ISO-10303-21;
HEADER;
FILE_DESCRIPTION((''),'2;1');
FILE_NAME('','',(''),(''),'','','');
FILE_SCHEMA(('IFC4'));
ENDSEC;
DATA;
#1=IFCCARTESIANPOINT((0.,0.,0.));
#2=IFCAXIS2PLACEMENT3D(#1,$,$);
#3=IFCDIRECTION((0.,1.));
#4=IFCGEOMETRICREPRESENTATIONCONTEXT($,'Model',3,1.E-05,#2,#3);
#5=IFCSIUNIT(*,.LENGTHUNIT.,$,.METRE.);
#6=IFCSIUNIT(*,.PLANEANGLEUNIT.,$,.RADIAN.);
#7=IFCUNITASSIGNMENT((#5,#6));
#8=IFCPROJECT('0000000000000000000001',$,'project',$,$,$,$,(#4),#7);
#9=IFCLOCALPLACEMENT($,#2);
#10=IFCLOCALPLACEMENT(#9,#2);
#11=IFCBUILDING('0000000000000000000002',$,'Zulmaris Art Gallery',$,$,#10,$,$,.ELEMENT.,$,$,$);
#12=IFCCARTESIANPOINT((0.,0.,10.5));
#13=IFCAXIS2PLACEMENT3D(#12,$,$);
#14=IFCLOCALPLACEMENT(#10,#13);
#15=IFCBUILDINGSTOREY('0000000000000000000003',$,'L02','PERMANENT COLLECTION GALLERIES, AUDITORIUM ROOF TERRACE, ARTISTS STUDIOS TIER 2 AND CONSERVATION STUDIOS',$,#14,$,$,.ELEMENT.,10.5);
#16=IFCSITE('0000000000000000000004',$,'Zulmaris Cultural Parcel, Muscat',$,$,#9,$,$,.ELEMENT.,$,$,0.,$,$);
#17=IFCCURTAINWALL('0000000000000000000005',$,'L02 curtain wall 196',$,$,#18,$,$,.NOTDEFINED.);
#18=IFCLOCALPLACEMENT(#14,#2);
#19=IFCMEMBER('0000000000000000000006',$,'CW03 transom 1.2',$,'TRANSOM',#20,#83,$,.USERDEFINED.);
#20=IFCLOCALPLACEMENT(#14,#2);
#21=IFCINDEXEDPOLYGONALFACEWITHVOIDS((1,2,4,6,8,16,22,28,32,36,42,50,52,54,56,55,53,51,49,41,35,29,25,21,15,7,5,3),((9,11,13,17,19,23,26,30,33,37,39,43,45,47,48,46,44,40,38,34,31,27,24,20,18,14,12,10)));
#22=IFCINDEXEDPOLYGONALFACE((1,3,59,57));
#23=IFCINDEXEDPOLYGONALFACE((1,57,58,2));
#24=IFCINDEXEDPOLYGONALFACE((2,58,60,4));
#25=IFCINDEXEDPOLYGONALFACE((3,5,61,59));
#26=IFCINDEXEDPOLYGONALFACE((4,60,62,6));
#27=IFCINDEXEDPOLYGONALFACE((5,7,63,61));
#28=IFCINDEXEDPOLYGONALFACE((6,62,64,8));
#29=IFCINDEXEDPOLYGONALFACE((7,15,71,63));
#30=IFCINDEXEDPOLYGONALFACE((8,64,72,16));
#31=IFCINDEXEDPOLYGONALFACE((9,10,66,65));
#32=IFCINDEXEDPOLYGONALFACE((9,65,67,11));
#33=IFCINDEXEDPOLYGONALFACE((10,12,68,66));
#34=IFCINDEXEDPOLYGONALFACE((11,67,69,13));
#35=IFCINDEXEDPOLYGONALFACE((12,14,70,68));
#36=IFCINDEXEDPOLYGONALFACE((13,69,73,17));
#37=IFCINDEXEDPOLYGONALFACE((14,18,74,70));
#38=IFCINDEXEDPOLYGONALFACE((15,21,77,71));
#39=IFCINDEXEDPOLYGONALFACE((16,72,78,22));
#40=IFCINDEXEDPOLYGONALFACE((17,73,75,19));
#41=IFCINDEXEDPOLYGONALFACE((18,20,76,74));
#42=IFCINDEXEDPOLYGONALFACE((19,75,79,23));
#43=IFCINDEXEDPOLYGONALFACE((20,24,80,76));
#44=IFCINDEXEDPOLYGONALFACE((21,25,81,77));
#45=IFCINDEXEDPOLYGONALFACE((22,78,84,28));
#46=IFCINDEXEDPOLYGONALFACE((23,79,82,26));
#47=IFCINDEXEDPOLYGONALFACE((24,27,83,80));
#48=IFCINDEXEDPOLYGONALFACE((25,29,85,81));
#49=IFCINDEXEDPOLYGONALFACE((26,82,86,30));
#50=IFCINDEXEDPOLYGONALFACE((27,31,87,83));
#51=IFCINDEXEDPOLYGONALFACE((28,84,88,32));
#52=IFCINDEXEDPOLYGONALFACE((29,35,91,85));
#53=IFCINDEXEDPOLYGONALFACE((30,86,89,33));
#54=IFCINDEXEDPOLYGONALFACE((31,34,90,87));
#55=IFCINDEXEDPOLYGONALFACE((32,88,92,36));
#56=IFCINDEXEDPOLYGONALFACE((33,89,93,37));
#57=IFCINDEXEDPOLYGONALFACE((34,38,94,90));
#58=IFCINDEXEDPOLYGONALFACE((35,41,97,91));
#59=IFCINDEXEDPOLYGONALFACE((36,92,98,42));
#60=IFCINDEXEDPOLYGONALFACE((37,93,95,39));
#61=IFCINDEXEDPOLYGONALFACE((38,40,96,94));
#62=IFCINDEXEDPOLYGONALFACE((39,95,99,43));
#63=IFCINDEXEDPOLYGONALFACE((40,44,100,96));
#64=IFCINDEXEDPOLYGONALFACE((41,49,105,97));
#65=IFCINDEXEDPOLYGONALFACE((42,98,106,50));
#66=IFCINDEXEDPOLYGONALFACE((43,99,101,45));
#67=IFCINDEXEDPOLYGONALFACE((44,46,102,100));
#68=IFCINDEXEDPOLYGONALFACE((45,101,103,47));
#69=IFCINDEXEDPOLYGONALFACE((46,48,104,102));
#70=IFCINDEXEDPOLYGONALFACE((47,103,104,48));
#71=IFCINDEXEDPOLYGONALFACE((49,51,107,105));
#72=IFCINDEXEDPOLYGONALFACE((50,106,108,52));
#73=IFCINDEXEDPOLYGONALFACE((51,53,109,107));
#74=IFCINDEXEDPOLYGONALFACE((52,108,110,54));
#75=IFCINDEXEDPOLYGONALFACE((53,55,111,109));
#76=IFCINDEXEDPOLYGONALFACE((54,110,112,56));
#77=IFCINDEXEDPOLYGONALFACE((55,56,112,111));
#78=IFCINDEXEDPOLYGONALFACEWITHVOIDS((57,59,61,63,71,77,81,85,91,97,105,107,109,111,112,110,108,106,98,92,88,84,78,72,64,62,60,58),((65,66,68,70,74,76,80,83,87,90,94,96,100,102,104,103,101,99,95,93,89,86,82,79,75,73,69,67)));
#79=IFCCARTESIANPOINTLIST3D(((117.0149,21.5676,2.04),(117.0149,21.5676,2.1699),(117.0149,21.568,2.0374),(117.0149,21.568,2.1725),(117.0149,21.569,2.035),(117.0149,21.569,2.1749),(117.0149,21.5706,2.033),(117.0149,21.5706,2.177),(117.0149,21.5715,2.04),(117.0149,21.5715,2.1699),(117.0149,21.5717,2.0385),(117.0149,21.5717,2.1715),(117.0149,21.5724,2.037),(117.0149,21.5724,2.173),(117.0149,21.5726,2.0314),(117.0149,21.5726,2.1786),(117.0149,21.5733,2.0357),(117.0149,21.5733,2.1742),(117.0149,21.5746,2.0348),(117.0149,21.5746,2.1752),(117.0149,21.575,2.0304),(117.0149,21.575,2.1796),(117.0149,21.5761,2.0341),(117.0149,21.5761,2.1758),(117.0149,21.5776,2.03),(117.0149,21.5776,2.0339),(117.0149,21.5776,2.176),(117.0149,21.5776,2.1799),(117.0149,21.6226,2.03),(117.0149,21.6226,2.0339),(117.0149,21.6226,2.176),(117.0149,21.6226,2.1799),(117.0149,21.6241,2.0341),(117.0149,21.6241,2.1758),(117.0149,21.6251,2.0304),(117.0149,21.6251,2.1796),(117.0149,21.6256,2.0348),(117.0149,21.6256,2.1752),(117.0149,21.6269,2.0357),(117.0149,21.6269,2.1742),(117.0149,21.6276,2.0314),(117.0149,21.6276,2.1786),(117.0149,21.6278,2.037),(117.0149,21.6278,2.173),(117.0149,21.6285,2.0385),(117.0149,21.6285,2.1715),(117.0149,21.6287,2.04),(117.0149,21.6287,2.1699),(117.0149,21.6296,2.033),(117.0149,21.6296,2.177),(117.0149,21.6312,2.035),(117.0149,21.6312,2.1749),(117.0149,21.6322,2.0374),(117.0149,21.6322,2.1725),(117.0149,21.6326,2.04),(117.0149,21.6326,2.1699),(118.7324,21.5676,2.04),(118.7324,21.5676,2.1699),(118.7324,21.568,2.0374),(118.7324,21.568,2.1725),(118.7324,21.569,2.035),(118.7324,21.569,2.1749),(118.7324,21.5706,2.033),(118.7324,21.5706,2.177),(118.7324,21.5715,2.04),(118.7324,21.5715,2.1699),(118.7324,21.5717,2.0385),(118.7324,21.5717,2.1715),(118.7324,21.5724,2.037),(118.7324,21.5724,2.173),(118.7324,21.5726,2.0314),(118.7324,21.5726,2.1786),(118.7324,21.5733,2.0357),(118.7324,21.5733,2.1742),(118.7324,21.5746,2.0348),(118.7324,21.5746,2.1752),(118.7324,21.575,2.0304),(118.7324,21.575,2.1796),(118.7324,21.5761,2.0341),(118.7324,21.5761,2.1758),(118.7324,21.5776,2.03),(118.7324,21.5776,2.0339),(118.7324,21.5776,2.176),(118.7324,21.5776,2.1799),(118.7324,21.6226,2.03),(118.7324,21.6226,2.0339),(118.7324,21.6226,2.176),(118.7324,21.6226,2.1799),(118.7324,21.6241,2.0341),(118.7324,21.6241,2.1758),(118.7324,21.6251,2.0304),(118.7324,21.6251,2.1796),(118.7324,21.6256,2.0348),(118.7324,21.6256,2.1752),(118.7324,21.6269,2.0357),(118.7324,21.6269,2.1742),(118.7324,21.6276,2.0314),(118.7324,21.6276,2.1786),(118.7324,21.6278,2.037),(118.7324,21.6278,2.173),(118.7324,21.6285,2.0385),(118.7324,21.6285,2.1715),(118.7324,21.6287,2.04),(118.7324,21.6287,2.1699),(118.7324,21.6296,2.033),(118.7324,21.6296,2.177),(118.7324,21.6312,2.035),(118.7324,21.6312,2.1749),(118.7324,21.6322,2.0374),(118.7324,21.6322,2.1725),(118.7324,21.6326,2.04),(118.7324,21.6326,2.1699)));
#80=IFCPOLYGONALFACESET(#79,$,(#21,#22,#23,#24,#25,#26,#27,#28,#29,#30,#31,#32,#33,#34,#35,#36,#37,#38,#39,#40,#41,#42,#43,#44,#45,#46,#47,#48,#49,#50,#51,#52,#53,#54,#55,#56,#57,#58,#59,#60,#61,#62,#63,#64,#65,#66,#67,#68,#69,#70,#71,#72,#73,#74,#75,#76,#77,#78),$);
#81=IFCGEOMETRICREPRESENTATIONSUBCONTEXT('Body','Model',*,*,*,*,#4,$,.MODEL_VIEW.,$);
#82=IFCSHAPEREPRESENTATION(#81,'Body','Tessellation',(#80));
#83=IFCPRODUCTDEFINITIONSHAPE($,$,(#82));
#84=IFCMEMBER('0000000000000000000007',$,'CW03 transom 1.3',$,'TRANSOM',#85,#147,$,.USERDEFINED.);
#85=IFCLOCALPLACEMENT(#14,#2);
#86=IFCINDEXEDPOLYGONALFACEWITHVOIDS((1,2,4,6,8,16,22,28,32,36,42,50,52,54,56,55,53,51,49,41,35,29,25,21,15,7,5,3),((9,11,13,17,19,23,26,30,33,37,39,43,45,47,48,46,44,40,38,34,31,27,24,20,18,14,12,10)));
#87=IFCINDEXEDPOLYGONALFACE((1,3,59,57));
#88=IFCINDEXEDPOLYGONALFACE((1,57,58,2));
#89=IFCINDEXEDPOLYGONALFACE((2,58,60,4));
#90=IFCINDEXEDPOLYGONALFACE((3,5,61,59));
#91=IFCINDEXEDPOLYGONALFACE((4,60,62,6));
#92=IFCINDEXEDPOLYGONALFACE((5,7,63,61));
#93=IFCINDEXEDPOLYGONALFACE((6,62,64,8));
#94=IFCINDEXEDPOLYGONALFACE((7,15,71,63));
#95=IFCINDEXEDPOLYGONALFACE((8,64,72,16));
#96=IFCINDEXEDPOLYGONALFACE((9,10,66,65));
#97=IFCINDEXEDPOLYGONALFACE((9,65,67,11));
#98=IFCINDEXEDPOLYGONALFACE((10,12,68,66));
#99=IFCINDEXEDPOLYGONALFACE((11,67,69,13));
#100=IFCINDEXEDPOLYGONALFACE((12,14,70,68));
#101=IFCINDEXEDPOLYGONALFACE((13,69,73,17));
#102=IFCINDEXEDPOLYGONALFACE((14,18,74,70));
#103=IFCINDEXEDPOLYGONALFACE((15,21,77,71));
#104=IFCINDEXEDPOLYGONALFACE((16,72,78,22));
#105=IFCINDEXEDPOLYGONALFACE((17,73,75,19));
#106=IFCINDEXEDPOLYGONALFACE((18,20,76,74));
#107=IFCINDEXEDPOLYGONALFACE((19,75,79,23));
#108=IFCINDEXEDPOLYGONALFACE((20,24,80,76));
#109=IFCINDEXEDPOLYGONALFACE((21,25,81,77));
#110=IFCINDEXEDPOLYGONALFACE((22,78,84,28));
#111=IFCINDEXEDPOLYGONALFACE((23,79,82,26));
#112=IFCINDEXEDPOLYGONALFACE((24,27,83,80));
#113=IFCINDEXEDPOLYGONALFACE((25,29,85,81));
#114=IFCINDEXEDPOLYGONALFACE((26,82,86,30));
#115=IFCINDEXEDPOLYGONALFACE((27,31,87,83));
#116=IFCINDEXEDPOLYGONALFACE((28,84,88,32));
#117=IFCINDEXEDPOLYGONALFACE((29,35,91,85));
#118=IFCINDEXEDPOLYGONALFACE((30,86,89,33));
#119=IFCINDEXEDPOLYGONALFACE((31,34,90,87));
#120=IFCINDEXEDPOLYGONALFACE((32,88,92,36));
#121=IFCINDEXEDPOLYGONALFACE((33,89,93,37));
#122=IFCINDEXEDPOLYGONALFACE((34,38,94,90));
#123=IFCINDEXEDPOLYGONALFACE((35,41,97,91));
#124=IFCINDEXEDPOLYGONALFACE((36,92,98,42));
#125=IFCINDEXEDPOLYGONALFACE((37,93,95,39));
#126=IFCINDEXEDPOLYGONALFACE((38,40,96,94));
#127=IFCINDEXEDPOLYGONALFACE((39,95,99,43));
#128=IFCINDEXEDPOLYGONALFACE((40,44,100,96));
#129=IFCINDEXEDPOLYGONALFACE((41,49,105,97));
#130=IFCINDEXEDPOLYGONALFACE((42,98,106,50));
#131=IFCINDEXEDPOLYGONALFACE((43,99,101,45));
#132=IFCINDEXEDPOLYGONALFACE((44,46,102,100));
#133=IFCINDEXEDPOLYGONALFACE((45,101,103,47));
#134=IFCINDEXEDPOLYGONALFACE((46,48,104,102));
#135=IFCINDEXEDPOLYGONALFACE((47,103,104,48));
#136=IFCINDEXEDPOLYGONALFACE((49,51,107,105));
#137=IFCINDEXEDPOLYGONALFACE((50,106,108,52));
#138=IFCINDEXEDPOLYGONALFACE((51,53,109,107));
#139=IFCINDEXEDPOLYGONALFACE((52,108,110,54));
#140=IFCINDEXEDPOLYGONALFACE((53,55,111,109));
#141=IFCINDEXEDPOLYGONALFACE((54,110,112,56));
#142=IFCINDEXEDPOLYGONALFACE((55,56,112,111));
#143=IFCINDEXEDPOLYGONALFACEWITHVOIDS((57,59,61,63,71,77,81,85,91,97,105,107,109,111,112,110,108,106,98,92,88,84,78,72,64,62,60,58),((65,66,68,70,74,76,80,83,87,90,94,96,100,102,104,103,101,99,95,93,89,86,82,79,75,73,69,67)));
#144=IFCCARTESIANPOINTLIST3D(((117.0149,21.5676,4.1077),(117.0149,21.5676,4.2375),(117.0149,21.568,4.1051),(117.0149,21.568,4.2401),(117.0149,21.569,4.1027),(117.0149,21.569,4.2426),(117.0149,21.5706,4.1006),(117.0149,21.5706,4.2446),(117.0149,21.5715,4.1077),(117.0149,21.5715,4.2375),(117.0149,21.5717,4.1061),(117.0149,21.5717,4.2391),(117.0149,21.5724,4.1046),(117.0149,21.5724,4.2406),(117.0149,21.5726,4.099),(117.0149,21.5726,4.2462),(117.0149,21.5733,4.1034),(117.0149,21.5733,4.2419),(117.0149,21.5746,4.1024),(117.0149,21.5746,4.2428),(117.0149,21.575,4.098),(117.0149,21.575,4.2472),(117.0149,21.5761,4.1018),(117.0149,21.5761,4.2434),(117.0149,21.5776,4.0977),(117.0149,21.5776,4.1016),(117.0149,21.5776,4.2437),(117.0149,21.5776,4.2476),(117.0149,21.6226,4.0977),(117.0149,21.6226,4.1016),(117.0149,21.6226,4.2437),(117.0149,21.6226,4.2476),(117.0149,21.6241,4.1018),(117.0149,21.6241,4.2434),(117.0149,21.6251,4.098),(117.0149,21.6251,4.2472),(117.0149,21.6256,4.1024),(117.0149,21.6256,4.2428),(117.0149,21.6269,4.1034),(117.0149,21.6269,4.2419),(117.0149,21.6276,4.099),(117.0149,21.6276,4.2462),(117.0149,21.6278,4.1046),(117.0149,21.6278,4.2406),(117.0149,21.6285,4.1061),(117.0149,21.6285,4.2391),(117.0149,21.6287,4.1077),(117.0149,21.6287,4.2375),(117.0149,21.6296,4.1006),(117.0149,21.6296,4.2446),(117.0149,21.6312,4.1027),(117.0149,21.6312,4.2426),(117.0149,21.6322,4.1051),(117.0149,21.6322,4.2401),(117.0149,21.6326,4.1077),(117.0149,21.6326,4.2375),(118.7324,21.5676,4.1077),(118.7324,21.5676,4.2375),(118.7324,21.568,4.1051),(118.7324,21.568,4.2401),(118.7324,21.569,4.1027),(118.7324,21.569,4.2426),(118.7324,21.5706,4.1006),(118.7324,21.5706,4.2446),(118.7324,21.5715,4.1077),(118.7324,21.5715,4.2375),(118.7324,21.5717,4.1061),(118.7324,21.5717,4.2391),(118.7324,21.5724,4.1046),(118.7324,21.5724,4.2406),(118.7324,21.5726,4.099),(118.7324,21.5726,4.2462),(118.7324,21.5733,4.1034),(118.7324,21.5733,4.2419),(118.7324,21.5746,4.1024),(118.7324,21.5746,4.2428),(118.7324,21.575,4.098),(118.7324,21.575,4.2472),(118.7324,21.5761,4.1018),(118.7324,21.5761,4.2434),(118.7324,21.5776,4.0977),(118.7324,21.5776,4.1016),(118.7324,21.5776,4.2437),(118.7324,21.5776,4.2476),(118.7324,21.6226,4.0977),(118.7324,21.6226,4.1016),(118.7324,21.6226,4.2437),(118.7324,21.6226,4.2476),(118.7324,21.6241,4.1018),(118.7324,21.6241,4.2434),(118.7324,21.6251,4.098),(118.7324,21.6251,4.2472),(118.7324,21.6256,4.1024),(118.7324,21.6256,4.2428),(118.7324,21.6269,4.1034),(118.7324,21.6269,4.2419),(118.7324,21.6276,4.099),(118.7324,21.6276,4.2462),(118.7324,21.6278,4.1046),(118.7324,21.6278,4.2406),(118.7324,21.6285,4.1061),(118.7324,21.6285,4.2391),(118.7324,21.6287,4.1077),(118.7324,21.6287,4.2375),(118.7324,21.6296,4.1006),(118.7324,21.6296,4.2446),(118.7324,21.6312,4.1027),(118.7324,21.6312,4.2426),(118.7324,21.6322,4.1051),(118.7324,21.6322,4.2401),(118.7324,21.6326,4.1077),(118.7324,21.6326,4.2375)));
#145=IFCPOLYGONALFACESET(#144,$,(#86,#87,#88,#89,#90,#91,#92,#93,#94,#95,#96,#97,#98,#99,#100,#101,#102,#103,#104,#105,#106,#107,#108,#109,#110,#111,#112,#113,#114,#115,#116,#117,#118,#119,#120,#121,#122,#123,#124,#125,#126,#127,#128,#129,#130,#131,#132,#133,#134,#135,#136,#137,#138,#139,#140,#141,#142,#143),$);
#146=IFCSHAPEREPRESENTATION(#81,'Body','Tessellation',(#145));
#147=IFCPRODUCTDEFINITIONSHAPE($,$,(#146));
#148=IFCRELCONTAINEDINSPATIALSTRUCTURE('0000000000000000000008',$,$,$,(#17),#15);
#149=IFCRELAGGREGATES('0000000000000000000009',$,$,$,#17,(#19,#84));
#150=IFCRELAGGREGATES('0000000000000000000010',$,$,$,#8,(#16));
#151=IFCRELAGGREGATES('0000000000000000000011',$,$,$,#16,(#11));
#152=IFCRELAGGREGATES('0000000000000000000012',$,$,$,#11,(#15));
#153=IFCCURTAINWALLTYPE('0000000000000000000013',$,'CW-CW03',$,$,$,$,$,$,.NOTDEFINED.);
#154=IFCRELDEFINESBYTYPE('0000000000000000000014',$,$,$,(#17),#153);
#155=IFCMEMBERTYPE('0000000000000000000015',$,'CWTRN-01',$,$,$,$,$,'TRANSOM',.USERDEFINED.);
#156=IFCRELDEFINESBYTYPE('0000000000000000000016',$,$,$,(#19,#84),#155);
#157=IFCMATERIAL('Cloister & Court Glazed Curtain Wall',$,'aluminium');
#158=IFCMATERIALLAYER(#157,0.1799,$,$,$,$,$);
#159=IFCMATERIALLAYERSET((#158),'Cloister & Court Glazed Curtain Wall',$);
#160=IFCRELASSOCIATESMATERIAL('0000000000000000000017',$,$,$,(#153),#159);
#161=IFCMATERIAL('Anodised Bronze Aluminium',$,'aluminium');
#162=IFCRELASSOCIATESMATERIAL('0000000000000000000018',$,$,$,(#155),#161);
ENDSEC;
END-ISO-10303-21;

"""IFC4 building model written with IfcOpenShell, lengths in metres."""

from ifc_helpers import new_model, si_unit, direction, frame, origin, origin_2d, place, context, subcontext, project, spatial, hollow_rectangle, extrude, material, layer, layer_set, material_profile, profile_set, type_object, element, aggregate, save


model = new_model("IFC4")

# Units and contexts
model_context = context("Model", 3, precision=1e-05, world=origin(), true_north=direction((0.0, 1.0)))
body_context = subcontext(model_context, "Body", "Model", "MODEL_VIEW")
ifc_project = project(units=[si_unit("LENGTHUNIT", "METRE"), si_unit("PLANEANGLEUNIT", "RADIAN")], contexts=[model_context])

# Site, building, storey
site_placement = place(None, origin())
site = spatial("IfcSite", under=ifc_project, at=site_placement, Name="Zulmaris Cultural Parcel, Muscat", CompositionType="ELEMENT", RefElevation=0.0)
building_placement = place(site_placement, origin())
building = spatial("IfcBuilding", under=site, at=building_placement, Name="Zulmaris Art Gallery", CompositionType="ELEMENT")
storey_placement = place(building_placement, frame((0.0, 0.0, 10.5)))
storey = spatial("IfcBuildingStorey", under=building, at=storey_placement, Name="L02", Description="PERMANENT COLLECTION GALLERIES, AUDITORIUM ROOF TERRACE, ARTISTS STUDIOS TIER 2 AND CONSERVATION STUDIOS", CompositionType="ELEMENT", Elevation=10.5)

# Curtain wall
ifc_material_1 = material(Name="Cloister & Court Glazed Curtain Wall", Category="aluminium")
ifc_layer_1 = layer(ifc_material_1, 0.1799)
ifc_layer_set_1 = layer_set([ifc_layer_1], Name="Cloister & Court Glazed Curtain Wall")
curtain_wall_type = type_object("IfcCurtainWallType", Name="CW-CW03", PredefinedType="NOTDEFINED", material=ifc_layer_set_1)
ifc_material_2 = material(Name="Anodised Bronze Aluminium", Category="aluminium")
curtain_wall_1_placement = place(storey_placement, origin())
curtain_wall_1 = element("IfcCurtainWall", 1, at=curtain_wall_1_placement, inside=storey, type_object=curtain_wall_type, Name="L02 curtain wall 196", PredefinedType="NOTDEFINED")

# Members
ifc_material_profile_1 = material_profile(ifc_material_2, hollow_rectangle(XDim=0.0649, YDim=0.1499, WallThickness=0.0039, InnerFilletRadius=0.0061, OuterFilletRadius=0.01, at=origin_2d()), Name="ALU 65x150x4")
ifc_profile_set_1 = profile_set([ifc_material_profile_1], Name="Anodised Bronze Aluminium")
member_type_1 = type_object("IfcMemberType", Name="CWTRN-01", ElementType="TRANSOM", PredefinedType="USERDEFINED", material=ifc_profile_set_1)
member_1_placement = place(storey_placement, frame((117.0149, 21.6001, 2.105), z_axis=(1.0, 0.0, 0.0), x_axis=(0.0, 1.0, 0.0)))
member_1 = element("IfcMember", 2, at=member_1_placement, type_object=member_type_1, Name="CW03 transom 1.2", ObjectType="TRANSOM", PredefinedType="USERDEFINED", context=body_context, shape_type="SweptSolid", body=[
    extrude(hollow_rectangle(XDim=0.0649, YDim=0.1499, WallThickness=0.0039, InnerFilletRadius=0.0061, OuterFilletRadius=0.01, at=origin_2d()), origin(), (0.0, 0.0, 1.0), 1.7175),
])
member_2_placement = place(storey_placement, frame((117.0149, 21.6001, 4.1726), z_axis=(1.0, 0.0, 0.0), x_axis=(0.0, 1.0, 0.0)))
member_2 = element("IfcMember", 3, at=member_2_placement, type_object=member_type_1, Name="CW03 transom 1.3", ObjectType="TRANSOM", PredefinedType="USERDEFINED", context=body_context, shape_type="SweptSolid", body=[
    extrude(hollow_rectangle(XDim=0.0649, YDim=0.1499, WallThickness=0.0039, InnerFilletRadius=0.0061, OuterFilletRadius=0.01, at=origin_2d()), origin(), (0.0, 0.0, 1.0), 1.7175),
])

aggregate(curtain_wall_1, [member_1, member_2])

save(model, "model.ifc")
